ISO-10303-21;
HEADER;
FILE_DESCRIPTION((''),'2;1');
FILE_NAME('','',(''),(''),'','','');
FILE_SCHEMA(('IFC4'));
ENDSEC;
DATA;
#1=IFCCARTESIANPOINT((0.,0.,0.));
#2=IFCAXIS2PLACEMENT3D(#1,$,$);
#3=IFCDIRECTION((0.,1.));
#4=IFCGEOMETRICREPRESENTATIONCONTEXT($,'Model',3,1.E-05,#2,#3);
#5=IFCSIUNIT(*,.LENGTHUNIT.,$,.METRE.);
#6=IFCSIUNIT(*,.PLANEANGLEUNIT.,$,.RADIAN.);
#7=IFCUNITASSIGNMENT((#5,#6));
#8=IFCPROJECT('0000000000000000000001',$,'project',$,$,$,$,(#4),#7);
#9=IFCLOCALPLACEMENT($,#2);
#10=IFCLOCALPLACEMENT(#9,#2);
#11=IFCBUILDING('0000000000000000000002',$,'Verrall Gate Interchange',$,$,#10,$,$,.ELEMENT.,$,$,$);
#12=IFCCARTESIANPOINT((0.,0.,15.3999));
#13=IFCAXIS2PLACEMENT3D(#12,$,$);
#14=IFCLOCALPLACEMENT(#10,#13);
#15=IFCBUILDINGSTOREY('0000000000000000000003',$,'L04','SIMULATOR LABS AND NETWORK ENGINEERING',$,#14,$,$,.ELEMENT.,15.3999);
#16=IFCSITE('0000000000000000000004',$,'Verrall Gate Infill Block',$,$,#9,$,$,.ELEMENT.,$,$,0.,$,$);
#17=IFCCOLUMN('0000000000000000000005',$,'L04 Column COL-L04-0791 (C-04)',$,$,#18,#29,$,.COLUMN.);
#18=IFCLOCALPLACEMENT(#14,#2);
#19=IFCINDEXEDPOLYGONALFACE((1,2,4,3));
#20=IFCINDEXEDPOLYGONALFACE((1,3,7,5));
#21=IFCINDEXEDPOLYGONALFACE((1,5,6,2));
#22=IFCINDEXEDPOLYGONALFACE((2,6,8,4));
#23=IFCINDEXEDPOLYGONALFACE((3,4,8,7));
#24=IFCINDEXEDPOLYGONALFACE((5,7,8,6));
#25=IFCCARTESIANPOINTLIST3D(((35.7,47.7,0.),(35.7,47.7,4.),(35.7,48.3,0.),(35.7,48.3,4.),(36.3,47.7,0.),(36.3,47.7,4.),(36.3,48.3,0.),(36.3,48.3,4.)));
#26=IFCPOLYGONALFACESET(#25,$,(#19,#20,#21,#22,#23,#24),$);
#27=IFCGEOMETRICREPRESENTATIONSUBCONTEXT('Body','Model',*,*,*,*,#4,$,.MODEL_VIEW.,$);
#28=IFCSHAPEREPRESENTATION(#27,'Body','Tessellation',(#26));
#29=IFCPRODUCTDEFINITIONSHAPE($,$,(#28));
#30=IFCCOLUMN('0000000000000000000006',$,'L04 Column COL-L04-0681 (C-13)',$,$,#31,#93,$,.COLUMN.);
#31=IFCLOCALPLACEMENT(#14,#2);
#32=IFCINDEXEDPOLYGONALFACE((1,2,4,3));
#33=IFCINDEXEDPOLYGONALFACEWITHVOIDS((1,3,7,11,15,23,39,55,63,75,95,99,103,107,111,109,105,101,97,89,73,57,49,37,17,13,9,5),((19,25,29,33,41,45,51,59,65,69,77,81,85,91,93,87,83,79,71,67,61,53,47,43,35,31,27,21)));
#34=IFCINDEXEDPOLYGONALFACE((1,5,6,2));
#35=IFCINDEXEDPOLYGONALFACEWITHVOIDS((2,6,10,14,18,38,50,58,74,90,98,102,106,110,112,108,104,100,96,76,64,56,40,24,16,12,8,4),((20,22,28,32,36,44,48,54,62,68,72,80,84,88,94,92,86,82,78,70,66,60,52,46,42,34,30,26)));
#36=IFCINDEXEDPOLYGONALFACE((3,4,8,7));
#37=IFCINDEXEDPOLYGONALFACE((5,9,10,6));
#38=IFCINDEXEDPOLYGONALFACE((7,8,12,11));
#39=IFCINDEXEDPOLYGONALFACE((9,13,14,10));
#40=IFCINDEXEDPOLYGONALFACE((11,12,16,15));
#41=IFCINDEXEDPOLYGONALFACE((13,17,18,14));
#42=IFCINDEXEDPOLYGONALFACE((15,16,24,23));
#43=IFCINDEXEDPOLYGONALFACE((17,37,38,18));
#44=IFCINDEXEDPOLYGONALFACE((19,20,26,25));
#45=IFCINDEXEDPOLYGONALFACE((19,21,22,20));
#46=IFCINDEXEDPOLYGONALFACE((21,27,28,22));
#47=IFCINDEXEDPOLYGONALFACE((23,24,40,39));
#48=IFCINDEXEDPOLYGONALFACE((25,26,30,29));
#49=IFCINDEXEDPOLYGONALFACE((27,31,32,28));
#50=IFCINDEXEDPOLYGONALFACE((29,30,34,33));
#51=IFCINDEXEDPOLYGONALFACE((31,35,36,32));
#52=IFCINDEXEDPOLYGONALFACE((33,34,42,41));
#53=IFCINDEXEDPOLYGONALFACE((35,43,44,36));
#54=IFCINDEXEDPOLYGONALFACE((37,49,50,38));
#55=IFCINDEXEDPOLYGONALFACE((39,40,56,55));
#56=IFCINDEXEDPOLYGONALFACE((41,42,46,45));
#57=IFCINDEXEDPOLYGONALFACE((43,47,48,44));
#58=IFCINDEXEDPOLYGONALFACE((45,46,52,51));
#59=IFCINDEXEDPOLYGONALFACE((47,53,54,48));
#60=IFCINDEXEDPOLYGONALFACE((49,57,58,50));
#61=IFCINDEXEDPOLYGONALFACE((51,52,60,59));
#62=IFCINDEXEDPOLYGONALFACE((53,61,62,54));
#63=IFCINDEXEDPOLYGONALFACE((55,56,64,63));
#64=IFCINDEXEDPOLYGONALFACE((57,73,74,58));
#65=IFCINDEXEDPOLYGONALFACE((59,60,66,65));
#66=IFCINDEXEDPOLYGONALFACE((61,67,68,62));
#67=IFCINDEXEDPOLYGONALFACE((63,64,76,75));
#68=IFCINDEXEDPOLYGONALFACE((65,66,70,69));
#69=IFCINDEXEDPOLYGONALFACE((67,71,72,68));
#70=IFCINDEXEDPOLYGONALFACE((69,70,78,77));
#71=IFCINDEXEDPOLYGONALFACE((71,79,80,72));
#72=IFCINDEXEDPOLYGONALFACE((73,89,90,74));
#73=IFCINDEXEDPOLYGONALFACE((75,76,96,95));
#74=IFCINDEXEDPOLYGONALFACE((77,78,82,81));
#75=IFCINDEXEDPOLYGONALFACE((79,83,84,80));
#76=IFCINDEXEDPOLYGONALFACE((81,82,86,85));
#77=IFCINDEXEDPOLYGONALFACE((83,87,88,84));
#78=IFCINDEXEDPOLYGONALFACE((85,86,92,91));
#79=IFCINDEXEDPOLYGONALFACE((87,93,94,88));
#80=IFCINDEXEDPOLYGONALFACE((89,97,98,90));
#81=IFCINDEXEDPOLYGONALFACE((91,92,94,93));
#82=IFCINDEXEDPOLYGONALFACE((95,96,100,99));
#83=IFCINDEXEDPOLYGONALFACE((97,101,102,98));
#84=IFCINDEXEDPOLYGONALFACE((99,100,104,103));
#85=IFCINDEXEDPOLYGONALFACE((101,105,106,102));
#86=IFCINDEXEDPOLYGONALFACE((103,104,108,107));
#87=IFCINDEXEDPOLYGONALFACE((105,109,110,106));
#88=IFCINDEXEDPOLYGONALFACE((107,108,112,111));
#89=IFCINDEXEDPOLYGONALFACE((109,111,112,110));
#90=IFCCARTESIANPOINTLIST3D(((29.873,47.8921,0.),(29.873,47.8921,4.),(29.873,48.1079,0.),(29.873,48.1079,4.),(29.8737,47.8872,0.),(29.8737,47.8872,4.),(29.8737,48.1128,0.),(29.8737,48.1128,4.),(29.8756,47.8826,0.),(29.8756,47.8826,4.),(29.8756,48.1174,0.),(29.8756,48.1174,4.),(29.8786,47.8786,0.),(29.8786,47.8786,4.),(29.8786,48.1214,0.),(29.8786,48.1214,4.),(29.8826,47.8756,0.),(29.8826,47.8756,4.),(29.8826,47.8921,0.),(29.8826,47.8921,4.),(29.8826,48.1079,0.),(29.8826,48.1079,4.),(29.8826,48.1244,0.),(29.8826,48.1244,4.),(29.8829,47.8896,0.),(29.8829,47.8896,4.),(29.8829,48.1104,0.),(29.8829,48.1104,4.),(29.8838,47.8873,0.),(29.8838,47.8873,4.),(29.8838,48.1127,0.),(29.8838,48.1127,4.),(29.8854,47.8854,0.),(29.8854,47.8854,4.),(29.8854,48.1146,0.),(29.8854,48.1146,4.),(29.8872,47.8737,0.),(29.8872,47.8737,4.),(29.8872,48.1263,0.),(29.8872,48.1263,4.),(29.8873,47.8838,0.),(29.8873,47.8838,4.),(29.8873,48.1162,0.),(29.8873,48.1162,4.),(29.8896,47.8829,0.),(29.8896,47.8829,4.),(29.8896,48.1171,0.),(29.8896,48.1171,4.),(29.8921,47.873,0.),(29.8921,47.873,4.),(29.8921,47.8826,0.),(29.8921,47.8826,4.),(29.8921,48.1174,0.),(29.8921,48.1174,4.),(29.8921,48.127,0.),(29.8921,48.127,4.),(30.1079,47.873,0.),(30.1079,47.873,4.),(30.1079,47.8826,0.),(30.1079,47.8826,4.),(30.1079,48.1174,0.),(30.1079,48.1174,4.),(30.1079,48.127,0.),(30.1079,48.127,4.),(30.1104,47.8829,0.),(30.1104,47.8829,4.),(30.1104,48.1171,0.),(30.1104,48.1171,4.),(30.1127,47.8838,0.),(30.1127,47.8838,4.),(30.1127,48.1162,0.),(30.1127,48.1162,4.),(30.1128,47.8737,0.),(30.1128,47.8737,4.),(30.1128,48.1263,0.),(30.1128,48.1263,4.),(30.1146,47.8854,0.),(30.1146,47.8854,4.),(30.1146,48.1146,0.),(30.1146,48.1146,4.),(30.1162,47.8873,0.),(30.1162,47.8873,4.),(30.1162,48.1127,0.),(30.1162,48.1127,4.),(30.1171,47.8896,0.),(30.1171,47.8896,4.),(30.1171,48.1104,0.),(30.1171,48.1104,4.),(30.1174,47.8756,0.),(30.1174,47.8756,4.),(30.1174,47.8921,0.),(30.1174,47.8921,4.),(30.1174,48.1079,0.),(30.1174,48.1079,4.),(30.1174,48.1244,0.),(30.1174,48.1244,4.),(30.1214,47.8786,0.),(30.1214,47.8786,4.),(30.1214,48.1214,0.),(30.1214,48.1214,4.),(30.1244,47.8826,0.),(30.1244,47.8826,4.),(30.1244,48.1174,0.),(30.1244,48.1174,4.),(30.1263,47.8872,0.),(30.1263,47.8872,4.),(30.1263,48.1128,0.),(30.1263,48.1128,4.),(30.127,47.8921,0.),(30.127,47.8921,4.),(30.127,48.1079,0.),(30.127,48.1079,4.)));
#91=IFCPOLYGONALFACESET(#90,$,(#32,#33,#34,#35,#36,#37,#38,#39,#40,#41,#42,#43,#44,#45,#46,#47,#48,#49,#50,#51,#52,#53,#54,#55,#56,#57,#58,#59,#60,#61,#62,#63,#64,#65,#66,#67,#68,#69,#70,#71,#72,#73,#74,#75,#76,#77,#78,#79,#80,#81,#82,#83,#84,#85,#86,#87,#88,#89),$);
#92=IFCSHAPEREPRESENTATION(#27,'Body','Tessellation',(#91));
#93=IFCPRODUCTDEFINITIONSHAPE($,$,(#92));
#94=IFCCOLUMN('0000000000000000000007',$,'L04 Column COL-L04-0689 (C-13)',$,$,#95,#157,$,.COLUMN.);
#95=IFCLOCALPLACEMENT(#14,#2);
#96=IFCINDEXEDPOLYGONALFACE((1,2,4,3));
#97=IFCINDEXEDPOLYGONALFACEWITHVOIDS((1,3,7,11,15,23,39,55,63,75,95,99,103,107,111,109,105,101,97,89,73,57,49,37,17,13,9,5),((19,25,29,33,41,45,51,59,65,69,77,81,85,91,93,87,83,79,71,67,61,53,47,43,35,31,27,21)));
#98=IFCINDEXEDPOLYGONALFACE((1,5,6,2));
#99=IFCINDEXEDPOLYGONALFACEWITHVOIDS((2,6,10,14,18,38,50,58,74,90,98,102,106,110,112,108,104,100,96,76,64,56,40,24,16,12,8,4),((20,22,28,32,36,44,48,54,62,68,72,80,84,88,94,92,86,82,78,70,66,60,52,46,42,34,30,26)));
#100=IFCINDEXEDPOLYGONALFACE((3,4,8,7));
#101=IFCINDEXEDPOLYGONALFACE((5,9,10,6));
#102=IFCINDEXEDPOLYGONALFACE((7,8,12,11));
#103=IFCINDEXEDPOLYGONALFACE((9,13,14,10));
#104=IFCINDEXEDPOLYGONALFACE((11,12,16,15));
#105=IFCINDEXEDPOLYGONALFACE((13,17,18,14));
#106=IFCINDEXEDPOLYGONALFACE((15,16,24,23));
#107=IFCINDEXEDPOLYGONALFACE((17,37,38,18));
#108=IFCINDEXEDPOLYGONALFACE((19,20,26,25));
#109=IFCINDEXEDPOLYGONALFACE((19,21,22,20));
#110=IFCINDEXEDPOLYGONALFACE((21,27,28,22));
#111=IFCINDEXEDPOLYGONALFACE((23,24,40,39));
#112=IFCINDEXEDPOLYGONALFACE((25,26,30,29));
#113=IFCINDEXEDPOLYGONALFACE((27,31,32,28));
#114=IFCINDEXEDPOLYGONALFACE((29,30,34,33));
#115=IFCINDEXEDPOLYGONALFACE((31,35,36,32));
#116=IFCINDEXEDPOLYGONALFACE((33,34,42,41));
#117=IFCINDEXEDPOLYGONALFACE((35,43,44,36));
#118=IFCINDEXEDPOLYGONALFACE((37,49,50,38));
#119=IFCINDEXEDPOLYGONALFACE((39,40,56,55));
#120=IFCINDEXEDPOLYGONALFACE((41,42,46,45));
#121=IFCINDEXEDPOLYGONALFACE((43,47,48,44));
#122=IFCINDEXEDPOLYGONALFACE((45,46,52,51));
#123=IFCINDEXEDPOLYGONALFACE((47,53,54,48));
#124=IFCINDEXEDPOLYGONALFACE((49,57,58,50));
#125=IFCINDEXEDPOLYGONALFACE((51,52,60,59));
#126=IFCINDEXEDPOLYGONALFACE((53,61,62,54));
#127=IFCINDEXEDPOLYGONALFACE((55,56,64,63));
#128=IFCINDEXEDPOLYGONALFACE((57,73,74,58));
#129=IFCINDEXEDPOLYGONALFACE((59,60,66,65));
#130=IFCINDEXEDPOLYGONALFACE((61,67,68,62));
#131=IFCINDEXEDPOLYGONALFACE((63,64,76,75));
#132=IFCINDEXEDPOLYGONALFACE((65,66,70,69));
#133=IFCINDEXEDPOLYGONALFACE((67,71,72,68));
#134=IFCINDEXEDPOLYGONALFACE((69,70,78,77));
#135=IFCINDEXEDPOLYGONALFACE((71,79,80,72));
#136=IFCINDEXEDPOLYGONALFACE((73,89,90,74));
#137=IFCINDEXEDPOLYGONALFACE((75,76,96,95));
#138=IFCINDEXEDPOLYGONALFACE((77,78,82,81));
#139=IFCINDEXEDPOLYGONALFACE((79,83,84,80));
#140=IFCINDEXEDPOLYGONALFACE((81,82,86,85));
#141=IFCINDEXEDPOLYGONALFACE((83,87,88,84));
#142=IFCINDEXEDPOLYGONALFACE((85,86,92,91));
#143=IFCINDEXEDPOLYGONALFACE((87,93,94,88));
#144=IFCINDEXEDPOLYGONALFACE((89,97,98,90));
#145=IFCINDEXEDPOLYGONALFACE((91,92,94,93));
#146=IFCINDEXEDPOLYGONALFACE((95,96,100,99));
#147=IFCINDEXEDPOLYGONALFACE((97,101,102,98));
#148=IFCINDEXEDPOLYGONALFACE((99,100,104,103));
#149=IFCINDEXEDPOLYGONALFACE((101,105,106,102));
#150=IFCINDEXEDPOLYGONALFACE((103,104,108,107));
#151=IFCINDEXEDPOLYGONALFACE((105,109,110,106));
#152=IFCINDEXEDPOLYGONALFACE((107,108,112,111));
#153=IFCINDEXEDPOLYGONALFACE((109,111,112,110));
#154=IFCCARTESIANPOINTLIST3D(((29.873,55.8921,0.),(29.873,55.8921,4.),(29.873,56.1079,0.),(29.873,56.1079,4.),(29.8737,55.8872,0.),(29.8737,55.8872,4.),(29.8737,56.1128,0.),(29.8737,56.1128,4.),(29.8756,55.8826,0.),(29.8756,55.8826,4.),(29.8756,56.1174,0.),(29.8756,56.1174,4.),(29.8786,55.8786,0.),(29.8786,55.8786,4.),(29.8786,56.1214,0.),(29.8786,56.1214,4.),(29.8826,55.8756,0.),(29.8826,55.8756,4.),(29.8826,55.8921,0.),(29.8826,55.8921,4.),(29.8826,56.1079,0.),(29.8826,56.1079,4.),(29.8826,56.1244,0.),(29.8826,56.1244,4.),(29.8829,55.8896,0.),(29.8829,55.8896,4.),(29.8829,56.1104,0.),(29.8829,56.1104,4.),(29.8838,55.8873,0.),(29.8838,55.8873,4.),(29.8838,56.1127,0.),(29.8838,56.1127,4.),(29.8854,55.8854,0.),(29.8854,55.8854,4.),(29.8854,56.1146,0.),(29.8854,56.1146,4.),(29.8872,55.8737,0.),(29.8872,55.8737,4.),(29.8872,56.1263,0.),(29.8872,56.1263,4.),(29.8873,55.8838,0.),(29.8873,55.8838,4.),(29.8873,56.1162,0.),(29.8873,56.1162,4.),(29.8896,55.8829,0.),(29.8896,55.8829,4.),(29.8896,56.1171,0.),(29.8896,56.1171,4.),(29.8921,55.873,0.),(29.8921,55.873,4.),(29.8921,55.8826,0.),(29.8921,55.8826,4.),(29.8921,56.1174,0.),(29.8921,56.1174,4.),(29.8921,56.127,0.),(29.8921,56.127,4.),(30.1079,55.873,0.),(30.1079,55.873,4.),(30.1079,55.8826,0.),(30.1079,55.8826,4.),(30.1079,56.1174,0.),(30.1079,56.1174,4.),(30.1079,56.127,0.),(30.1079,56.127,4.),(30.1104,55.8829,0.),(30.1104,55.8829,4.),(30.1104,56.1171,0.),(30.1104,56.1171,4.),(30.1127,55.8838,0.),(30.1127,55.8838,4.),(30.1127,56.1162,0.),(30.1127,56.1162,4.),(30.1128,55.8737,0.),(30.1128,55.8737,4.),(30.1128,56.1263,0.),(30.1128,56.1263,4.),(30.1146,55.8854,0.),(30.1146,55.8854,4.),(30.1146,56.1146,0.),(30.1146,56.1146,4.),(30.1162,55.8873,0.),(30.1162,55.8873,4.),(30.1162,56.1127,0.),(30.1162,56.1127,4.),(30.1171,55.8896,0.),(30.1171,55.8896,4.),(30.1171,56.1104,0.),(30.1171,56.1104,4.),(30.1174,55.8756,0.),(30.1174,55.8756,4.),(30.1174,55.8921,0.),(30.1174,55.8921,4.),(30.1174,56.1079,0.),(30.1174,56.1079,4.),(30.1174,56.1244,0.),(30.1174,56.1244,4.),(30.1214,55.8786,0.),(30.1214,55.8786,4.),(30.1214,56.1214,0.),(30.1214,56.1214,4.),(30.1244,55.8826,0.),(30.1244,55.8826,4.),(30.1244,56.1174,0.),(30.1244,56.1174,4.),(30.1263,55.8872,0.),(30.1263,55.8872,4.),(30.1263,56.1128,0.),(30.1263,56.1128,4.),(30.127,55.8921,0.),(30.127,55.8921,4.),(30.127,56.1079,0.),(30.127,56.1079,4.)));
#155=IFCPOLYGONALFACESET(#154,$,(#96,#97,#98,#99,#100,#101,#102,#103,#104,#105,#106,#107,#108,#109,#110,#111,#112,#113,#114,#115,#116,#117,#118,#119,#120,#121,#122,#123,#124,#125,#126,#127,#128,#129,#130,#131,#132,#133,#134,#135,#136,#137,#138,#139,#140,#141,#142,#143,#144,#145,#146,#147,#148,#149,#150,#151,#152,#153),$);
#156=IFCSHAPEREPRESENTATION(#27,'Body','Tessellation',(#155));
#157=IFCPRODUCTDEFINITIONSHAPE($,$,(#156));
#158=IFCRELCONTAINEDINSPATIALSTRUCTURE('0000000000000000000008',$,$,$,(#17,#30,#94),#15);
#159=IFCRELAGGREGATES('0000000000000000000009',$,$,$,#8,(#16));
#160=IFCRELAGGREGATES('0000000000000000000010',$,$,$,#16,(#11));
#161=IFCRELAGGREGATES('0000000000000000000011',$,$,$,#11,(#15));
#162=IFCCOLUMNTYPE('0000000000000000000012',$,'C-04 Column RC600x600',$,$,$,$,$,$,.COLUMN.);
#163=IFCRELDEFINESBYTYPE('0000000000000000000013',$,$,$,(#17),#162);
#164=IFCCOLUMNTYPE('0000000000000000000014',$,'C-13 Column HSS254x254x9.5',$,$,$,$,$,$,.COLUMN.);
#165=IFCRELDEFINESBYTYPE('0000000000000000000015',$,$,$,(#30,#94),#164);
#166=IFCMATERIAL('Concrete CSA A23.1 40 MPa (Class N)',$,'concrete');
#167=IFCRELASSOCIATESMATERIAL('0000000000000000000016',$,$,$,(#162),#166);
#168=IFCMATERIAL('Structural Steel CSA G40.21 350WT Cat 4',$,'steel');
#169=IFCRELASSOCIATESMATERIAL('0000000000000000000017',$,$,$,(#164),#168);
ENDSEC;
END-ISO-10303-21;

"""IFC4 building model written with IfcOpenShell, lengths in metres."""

from ifc_helpers import new_model, si_unit, direction, frame, origin, origin_2d, place, context, subcontext, project, spatial, rectangle, hollow_rectangle, extrude, material, material_profile, profile_set, type_object, element, save


model = new_model("IFC4")

# Units and contexts
model_context = context("Model", 3, precision=1e-05, world=origin(), true_north=direction((0.0, 1.0)))
body_context = subcontext(model_context, "Body", "Model", "MODEL_VIEW")
ifc_project = project(units=[si_unit("LENGTHUNIT", "METRE"), si_unit("PLANEANGLEUNIT", "RADIAN")], contexts=[model_context])

# Site, building, storey
site_placement = place(None, origin())
site = spatial("IfcSite", under=ifc_project, at=site_placement, Name="Verrall Gate Infill Block", CompositionType="ELEMENT", RefElevation=0.0)
building_placement = place(site_placement, origin())
building = spatial("IfcBuilding", under=site, at=building_placement, Name="Verrall Gate Interchange", CompositionType="ELEMENT")
storey_placement = place(building_placement, frame((0.0, 0.0, 15.3999)))
storey = spatial("IfcBuildingStorey", under=building, at=storey_placement, Name="L04", Description="SIMULATOR LABS AND NETWORK ENGINEERING", CompositionType="ELEMENT", Elevation=15.3999)

# Columns
ifc_material_1 = material(Name="Concrete CSA A23.1 40 MPa (Class N)", Category="concrete")
ifc_material_profile_1 = material_profile(ifc_material_1, rectangle(XDim=0.6001, YDim=0.6001, at=origin_2d()), Name="RC600x600")
ifc_profile_set_1 = profile_set([ifc_material_profile_1], Name="Concrete CSA A23.1 40 MPa (Class N)")
column_type_1 = type_object("IfcColumnType", Name="C-04 Column RC600x600", PredefinedType="COLUMN", material=ifc_profile_set_1)
column_placement = place(storey_placement, frame((36.0, 48.0, 0.0), z_axis=(0.0, 0.0, 1.0), x_axis=(1.0, 0.0, 0.0)))
element("IfcColumn", 1, at=column_placement, inside=storey, type_object=column_type_1, Name="L04 Column COL-L04-0791 (C-04)", PredefinedType="COLUMN", context=body_context, shape_type="SweptSolid", body=[
    extrude(rectangle(XDim=0.6001, YDim=0.6001, at=origin_2d()), origin(), (0.0, 0.0, 1.0), 4.0),
])
ifc_material_2 = material(Name="Structural Steel CSA G40.21 350WT Cat 4", Category="steel")
ifc_material_profile_2 = material_profile(ifc_material_2, hollow_rectangle(XDim=0.2539, YDim=0.2539, WallThickness=0.0095, InnerFilletRadius=0.0095, OuterFilletRadius=0.019, at=origin_2d()), Name="HSS254x254x9.5")
ifc_profile_set_2 = profile_set([ifc_material_profile_2], Name="Structural Steel CSA G40.21 350WT Cat 4")
column_type_2 = type_object("IfcColumnType", Name="C-13 Column HSS254x254x9.5", PredefinedType="COLUMN", material=ifc_profile_set_2)
for number, where, z_axis, x_axis, name in (
    (2, (30.0, 48.0, 0.0), (0.0, 0.0, 1.0), (1.0, 0.0, 0.0), "L04 Column COL-L04-0681 (C-13)"),
    (3, (30.0, 56.0, 0.0), (0.0, 0.0, 1.0), (1.0, 0.0, 0.0), "L04 Column COL-L04-0689 (C-13)"),
):
    element("IfcColumn", number, at=place(storey_placement, frame(where, z_axis=z_axis, x_axis=x_axis)), inside=storey, type_object=column_type_2, Name=name, PredefinedType="COLUMN", context=body_context, shape_type="SweptSolid", body=[
        extrude(hollow_rectangle(XDim=0.2539, YDim=0.2539, WallThickness=0.0095, InnerFilletRadius=0.0095, OuterFilletRadius=0.019, at=origin_2d()), origin(), (0.0, 0.0, 1.0), 4.0),
    ])

save(model, "model.ifc")
